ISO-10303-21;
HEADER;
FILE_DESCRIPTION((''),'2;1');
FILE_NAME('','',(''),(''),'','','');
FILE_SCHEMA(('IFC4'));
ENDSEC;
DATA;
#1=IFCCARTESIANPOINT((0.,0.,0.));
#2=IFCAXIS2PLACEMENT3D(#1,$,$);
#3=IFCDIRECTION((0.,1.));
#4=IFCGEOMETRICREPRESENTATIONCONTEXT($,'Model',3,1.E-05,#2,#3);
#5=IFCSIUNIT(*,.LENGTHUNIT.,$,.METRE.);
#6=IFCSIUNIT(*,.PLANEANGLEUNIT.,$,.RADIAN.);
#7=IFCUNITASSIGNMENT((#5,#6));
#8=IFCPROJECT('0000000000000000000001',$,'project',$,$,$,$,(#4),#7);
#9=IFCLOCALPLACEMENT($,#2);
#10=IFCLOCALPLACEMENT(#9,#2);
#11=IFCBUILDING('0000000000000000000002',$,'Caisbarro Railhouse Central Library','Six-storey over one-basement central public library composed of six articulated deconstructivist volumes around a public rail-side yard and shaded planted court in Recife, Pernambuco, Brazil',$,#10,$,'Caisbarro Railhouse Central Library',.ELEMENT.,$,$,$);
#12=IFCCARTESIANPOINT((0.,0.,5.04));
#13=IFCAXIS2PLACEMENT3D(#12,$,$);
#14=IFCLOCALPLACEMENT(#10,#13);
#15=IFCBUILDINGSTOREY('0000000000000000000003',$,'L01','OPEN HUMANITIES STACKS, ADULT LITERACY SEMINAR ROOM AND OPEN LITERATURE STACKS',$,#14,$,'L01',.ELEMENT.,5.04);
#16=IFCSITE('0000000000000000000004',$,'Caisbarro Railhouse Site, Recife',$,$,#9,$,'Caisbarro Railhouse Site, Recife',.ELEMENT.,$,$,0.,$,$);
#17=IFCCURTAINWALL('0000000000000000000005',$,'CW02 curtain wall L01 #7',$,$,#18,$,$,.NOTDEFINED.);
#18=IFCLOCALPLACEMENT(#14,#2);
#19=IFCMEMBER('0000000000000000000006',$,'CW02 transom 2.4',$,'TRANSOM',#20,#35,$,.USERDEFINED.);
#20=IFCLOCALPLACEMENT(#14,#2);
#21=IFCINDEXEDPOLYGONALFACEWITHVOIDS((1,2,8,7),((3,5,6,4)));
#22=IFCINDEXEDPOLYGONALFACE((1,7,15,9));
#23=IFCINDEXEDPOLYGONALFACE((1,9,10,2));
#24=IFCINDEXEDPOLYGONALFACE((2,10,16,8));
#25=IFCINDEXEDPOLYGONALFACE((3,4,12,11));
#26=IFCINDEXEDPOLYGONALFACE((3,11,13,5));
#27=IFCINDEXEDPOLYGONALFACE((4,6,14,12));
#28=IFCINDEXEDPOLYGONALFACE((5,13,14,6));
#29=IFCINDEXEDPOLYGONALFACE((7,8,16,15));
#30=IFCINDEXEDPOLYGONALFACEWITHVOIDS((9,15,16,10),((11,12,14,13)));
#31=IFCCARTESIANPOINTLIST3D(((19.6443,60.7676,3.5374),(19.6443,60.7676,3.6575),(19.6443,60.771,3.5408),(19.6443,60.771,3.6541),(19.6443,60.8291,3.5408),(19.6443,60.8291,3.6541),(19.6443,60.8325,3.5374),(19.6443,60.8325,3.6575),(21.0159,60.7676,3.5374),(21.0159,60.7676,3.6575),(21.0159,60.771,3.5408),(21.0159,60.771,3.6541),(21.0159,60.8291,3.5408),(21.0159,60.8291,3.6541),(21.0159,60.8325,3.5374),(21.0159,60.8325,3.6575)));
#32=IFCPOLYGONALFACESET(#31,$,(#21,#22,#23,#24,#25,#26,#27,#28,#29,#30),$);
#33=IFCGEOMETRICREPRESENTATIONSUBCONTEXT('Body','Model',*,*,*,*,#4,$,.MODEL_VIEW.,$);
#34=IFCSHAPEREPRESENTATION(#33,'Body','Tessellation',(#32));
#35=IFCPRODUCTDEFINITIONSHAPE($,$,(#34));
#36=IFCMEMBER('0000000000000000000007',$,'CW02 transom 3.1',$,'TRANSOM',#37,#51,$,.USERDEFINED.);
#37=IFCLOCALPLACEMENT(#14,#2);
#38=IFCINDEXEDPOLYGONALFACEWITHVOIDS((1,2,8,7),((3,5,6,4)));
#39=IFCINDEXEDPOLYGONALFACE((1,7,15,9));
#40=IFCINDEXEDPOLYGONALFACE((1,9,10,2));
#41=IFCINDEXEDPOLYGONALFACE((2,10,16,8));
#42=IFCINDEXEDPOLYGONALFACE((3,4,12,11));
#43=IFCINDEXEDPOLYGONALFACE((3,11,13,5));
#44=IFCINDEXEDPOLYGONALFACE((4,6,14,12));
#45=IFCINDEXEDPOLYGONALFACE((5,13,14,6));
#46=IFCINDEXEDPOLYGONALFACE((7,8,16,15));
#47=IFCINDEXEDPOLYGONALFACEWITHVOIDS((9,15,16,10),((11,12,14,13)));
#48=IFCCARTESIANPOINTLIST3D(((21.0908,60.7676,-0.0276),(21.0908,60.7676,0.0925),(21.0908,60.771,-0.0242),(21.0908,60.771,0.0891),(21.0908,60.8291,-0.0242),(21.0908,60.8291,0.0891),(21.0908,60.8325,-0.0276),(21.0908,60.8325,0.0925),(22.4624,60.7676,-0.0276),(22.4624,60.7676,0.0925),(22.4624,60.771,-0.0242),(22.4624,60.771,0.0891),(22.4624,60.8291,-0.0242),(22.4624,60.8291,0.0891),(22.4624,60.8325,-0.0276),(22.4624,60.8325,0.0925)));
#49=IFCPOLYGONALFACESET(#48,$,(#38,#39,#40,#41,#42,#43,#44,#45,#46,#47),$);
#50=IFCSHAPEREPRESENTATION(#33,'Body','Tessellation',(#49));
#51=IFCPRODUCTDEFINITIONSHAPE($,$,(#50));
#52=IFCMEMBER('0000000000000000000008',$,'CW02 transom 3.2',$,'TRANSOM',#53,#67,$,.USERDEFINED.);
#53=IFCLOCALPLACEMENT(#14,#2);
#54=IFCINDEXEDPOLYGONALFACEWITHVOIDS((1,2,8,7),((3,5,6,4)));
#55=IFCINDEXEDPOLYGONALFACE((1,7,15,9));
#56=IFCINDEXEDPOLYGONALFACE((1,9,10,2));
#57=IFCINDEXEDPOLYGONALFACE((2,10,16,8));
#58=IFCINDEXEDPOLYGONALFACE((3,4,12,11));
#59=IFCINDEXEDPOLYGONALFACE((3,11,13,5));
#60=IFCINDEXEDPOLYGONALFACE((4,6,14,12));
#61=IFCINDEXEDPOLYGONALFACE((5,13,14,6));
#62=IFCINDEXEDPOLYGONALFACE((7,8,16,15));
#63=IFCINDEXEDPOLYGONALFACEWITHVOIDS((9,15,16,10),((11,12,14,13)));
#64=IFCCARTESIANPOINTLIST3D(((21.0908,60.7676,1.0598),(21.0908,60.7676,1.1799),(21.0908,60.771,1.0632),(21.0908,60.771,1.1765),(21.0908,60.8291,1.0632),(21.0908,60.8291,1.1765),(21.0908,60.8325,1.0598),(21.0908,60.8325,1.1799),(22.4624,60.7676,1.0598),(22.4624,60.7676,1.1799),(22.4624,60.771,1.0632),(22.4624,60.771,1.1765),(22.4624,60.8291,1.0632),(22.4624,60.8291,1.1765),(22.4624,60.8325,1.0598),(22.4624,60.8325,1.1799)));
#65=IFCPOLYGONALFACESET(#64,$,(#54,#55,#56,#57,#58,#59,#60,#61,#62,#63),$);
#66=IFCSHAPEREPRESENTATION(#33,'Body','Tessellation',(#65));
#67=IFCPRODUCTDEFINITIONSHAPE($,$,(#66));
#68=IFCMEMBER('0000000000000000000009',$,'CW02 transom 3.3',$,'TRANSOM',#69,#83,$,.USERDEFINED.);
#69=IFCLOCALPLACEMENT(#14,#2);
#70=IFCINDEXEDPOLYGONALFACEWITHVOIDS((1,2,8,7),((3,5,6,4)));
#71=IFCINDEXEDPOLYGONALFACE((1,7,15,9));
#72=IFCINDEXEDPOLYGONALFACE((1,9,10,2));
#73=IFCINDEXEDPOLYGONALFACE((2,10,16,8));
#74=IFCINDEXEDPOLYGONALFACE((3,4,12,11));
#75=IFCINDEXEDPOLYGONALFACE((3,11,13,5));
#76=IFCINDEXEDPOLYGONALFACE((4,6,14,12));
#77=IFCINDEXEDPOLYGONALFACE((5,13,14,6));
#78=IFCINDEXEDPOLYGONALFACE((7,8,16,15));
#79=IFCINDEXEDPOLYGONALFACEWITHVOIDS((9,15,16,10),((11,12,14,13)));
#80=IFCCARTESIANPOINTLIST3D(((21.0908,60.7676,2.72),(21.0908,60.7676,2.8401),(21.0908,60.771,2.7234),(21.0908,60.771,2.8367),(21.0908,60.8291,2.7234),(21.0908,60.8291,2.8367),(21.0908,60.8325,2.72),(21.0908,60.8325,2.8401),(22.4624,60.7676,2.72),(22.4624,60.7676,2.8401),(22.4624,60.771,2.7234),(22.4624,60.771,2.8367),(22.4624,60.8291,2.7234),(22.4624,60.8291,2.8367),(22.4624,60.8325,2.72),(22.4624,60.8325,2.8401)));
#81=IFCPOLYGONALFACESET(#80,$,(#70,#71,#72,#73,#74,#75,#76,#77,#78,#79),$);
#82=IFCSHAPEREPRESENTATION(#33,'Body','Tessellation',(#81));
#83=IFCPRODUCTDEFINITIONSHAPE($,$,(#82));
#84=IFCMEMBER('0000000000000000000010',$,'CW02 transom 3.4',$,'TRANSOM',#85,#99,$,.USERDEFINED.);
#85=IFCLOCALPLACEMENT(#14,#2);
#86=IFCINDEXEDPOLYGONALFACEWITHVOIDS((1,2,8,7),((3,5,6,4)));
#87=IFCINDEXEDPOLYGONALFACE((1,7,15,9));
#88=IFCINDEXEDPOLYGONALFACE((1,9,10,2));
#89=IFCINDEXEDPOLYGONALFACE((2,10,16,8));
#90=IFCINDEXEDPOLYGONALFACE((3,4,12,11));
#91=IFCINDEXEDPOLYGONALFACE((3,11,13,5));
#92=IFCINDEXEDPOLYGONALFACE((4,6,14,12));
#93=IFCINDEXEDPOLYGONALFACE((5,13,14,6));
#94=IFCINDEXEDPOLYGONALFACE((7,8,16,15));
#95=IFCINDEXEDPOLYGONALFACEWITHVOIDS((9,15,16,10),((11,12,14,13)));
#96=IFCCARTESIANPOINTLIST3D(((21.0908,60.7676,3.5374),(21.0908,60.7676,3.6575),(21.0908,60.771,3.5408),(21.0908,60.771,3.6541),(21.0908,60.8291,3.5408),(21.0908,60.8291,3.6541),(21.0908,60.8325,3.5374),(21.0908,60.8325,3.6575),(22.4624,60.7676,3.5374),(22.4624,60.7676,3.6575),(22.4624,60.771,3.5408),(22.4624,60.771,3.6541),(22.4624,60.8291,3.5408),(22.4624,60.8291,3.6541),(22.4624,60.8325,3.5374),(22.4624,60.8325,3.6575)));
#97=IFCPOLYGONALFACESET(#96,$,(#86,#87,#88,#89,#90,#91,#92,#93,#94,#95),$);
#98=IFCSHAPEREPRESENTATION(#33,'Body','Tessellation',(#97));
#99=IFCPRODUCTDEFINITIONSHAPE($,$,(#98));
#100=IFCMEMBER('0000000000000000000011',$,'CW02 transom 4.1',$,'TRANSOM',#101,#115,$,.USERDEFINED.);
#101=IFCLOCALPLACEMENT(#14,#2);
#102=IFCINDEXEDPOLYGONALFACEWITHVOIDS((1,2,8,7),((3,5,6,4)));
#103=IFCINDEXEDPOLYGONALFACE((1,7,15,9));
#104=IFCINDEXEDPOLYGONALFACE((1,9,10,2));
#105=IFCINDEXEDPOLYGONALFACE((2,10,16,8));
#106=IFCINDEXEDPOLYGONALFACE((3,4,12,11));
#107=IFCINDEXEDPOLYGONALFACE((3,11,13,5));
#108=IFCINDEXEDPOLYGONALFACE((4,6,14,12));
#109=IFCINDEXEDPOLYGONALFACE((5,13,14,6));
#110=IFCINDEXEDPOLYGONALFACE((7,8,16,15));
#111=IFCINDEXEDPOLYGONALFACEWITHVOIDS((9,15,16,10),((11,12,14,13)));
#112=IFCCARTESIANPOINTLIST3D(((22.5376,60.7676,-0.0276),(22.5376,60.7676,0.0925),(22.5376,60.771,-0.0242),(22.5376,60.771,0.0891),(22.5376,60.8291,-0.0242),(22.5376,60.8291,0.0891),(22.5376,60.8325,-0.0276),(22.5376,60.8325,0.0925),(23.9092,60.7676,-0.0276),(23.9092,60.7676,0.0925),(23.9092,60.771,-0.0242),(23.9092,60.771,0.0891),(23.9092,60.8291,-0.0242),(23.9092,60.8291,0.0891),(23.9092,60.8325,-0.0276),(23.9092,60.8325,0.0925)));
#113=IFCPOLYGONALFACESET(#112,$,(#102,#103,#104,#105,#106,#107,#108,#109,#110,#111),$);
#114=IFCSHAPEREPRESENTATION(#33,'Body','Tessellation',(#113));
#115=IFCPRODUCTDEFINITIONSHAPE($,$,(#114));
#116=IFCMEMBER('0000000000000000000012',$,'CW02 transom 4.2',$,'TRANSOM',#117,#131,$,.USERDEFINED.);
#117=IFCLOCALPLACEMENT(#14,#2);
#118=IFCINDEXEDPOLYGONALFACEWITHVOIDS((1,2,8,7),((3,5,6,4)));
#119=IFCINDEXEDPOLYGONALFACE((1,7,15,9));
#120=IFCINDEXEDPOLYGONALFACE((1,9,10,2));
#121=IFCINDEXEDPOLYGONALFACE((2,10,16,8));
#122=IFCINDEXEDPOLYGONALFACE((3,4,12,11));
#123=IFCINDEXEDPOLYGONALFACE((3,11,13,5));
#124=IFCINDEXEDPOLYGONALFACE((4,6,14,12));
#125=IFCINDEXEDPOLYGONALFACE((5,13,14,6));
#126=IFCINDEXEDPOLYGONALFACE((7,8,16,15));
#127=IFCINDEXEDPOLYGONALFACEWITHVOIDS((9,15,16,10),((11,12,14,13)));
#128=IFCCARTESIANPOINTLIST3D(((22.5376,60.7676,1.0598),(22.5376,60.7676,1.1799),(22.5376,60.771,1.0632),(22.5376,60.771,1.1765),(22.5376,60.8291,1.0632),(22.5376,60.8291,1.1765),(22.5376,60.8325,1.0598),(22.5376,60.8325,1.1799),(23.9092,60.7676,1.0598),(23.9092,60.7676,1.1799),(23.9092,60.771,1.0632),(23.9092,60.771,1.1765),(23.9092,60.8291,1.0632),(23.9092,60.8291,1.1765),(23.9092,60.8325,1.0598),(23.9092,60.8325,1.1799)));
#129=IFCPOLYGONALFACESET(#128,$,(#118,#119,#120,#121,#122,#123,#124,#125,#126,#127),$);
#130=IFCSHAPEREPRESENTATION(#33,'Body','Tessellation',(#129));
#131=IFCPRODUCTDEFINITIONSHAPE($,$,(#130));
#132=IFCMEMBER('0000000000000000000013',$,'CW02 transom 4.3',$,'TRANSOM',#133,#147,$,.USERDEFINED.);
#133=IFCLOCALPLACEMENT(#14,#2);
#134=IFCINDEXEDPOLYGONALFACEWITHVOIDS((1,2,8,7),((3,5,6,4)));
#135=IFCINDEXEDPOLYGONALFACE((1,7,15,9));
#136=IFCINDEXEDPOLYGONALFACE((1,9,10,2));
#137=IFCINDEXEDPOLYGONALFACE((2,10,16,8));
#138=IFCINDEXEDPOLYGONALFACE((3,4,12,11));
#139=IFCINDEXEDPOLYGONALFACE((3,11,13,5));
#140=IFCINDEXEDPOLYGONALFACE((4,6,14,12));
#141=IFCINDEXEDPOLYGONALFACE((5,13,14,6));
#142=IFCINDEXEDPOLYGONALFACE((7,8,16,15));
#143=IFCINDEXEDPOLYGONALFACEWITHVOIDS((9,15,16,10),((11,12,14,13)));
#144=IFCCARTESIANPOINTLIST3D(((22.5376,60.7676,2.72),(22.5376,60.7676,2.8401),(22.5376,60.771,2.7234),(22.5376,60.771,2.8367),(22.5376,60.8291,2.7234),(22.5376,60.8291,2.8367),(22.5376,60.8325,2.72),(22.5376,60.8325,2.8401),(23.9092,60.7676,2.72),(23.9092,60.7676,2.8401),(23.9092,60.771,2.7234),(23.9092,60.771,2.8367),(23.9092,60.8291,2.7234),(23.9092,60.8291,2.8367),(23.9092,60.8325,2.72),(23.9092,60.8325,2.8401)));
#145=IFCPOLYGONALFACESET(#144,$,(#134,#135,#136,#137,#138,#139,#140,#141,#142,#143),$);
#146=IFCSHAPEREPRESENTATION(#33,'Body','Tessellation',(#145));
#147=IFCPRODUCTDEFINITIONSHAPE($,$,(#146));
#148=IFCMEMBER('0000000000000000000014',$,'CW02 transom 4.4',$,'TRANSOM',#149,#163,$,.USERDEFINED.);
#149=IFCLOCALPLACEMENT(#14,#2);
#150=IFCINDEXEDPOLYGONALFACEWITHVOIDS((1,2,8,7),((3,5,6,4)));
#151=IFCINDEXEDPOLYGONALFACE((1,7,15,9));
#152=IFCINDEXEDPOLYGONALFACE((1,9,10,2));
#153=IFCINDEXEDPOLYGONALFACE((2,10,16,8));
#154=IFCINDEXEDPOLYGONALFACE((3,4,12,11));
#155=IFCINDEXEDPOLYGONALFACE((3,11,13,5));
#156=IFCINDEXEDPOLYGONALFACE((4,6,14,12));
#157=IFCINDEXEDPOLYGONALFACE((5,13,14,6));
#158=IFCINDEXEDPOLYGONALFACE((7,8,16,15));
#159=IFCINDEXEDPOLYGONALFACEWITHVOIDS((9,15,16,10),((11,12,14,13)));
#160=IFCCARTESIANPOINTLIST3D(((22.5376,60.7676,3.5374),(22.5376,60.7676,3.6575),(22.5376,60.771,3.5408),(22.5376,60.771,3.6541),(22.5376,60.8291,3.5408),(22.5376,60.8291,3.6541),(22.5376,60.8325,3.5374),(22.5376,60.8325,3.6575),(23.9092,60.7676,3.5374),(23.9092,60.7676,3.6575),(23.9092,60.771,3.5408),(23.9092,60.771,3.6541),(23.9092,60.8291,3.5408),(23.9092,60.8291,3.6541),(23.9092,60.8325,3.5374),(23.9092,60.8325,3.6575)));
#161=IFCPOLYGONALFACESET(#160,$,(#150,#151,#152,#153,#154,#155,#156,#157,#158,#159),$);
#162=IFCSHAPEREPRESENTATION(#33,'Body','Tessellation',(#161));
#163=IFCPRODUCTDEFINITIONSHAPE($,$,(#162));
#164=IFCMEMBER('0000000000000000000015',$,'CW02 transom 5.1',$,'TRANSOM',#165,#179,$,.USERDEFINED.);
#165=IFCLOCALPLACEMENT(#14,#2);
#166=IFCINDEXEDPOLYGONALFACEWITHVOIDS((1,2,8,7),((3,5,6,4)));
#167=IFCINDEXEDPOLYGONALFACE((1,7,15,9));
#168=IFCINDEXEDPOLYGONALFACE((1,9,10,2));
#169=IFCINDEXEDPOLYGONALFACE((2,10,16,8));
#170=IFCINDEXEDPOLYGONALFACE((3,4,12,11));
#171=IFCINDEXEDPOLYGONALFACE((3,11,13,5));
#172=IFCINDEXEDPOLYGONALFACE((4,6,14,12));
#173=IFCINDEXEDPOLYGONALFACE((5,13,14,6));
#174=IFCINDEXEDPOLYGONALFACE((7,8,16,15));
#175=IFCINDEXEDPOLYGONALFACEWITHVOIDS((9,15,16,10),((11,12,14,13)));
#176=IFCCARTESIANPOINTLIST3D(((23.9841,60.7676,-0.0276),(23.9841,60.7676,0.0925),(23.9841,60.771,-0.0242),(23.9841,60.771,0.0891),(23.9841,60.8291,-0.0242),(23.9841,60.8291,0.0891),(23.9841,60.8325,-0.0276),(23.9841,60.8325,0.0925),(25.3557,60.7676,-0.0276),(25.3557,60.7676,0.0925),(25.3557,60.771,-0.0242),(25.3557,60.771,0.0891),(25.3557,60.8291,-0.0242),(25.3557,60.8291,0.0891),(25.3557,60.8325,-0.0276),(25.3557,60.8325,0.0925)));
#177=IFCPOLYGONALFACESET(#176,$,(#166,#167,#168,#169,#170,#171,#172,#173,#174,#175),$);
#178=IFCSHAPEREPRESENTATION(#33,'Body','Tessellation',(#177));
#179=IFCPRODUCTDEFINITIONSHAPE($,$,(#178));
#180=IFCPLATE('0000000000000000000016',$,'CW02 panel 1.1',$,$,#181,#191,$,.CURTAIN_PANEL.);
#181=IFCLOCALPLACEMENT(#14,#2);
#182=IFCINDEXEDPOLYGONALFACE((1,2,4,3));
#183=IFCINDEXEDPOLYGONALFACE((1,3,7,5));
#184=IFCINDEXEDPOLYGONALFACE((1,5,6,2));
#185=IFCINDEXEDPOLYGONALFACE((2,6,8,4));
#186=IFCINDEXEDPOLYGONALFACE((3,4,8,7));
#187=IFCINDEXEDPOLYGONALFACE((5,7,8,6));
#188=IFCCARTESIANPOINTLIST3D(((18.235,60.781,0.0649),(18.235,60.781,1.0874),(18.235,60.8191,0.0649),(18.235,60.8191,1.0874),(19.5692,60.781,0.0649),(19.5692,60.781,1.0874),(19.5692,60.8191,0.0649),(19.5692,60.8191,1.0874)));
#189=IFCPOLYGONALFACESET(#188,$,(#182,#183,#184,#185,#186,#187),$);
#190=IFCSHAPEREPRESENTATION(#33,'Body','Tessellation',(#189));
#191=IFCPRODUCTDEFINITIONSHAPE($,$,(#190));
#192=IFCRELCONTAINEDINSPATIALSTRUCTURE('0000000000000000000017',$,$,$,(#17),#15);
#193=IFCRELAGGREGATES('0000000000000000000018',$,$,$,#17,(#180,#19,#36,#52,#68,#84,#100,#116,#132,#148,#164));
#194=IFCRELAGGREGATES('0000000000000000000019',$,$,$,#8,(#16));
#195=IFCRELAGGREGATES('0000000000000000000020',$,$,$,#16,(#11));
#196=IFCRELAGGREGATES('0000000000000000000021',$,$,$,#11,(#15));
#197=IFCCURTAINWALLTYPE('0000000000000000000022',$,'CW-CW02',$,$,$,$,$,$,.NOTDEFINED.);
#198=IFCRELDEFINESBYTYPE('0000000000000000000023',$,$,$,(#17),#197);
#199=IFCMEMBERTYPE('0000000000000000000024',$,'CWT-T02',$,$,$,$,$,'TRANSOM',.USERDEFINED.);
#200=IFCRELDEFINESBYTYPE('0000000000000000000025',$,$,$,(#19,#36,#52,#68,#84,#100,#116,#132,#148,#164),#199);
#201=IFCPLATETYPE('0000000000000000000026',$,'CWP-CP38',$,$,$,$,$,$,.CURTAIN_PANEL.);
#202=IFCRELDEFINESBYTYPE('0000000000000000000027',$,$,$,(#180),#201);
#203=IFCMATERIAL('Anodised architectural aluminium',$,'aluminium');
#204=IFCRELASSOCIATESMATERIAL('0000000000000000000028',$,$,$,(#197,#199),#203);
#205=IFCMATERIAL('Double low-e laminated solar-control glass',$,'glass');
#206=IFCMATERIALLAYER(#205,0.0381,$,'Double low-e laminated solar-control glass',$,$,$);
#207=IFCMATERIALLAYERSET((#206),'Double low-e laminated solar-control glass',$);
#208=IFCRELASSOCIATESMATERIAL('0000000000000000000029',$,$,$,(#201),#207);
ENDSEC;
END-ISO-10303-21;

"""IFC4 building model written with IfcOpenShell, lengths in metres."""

from ifc_helpers import new_model, si_unit, direction, frame, origin, origin_2d, place, context, subcontext, project, spatial, rectangle, hollow_rectangle, extrude, material, layer, layer_set, material_profile, profile_set, type_object, element, aggregate, save


model = new_model("IFC4")

# Units and contexts
model_context = context("Model", 3, precision=1e-05, world=origin(), true_north=direction((0.0, 1.0)))
body_context = subcontext(model_context, "Body", "Model", "MODEL_VIEW")
ifc_project = project(units=[si_unit("LENGTHUNIT", "METRE"), si_unit("PLANEANGLEUNIT", "RADIAN")], contexts=[model_context])

# Site, building, storey
site_placement = place(None, origin())
site = spatial("IfcSite", under=ifc_project, at=site_placement, Name="Caisbarro Railhouse Site, Recife", LongName="Caisbarro Railhouse Site, Recife", CompositionType="ELEMENT", RefElevation=0.0)
building_placement = place(site_placement, origin())
building = spatial("IfcBuilding", under=site, at=building_placement, Name="Caisbarro Railhouse Central Library", Description="Six-storey over one-basement central public library composed of six articulated deconstructivist volumes around a public rail-side yard and shaded planted court in Recife, Pernambuco, Brazil", LongName="Caisbarro Railhouse Central Library", CompositionType="ELEMENT")
storey_placement = place(building_placement, frame((0.0, 0.0, 5.04)))
storey = spatial("IfcBuildingStorey", under=building, at=storey_placement, Name="L01", Description="OPEN HUMANITIES STACKS, ADULT LITERACY SEMINAR ROOM AND OPEN LITERATURE STACKS", LongName="L01", CompositionType="ELEMENT", Elevation=5.04)

# Curtain wall, members, plate
ifc_material_1 = material(Name="Anodised architectural aluminium", Category="aluminium")
curtain_wall_type = type_object("IfcCurtainWallType", Name="CW-CW02", PredefinedType="NOTDEFINED", material=ifc_material_1)
curtain_wall_placement = place(storey_placement, origin())
curtain_wall = element("IfcCurtainWall", 1, at=curtain_wall_placement, inside=storey, type_object=curtain_wall_type, Name="CW02 curtain wall L01 #7", PredefinedType="NOTDEFINED")
ifc_material_profile_1 = material_profile(ifc_material_1, hollow_rectangle(XDim=0.0649, YDim=0.1201, WallThickness=0.0034, at=origin_2d()), Name="ALU-TRN-65X120")
ifc_profile_set_1 = profile_set([ifc_material_profile_1], Name="Anodised architectural aluminium")
member_type_1 = type_object("IfcMemberType", Name="CWT-T02", ElementType="TRANSOM", PredefinedType="USERDEFINED", material=ifc_profile_set_1)
member_1_placement = place(storey_placement, frame((19.6443, 60.8, 3.5974), z_axis=(1.0, 0.0, 0.0), x_axis=(0.0, 1.0, 0.0)))
member_1 = element("IfcMember", 2, at=member_1_placement, type_object=member_type_1, Name="CW02 transom 2.4", ObjectType="TRANSOM", PredefinedType="USERDEFINED", context=body_context, shape_type="SweptSolid", body=[
    extrude(hollow_rectangle(XDim=0.0649, YDim=0.1201, WallThickness=0.0034, at=origin_2d()), origin(), (0.0, 0.0, 1.0), 1.3716),
])
member_2_placement = place(storey_placement, frame((21.0908, 60.8, 0.0325), z_axis=(1.0, 0.0, 0.0), x_axis=(0.0, 1.0, 0.0)))
member_2 = element("IfcMember", 3, at=member_2_placement, type_object=member_type_1, Name="CW02 transom 3.1", ObjectType="TRANSOM", PredefinedType="USERDEFINED", context=body_context, shape_type="SweptSolid", body=[
    extrude(hollow_rectangle(XDim=0.0649, YDim=0.1201, WallThickness=0.0034, at=origin_2d()), origin(), (0.0, 0.0, 1.0), 1.3716),
])
member_3_placement = place(storey_placement, frame((21.0908, 60.8, 1.1199), z_axis=(1.0, 0.0, 0.0), x_axis=(0.0, 1.0, 0.0)))
member_3 = element("IfcMember", 4, at=member_3_placement, type_object=member_type_1, Name="CW02 transom 3.2", ObjectType="TRANSOM", PredefinedType="USERDEFINED", context=body_context, shape_type="SweptSolid", body=[
    extrude(hollow_rectangle(XDim=0.0649, YDim=0.1201, WallThickness=0.0034, at=origin_2d()), origin(), (0.0, 0.0, 1.0), 1.3716),
])
member_4_placement = place(storey_placement, frame((21.0908, 60.8, 2.78), z_axis=(1.0, 0.0, 0.0), x_axis=(0.0, 1.0, 0.0)))
member_4 = element("IfcMember", 5, at=member_4_placement, type_object=member_type_1, Name="CW02 transom 3.3", ObjectType="TRANSOM", PredefinedType="USERDEFINED", context=body_context, shape_type="SweptSolid", body=[
    extrude(hollow_rectangle(XDim=0.0649, YDim=0.1201, WallThickness=0.0034, at=origin_2d()), origin(), (0.0, 0.0, 1.0), 1.3716),
])
member_5_placement = place(storey_placement, frame((21.0908, 60.8, 3.5974), z_axis=(1.0, 0.0, 0.0), x_axis=(0.0, 1.0, 0.0)))
member_5 = element("IfcMember", 6, at=member_5_placement, type_object=member_type_1, Name="CW02 transom 3.4", ObjectType="TRANSOM", PredefinedType="USERDEFINED", context=body_context, shape_type="SweptSolid", body=[
    extrude(hollow_rectangle(XDim=0.0649, YDim=0.1201, WallThickness=0.0034, at=origin_2d()), origin(), (0.0, 0.0, 1.0), 1.3716),
])
member_6_placement = place(storey_placement, frame((22.5376, 60.8, 0.0325), z_axis=(1.0, 0.0, 0.0), x_axis=(0.0, 1.0, 0.0)))
member_6 = element("IfcMember", 7, at=member_6_placement, type_object=member_type_1, Name="CW02 transom 4.1", ObjectType="TRANSOM", PredefinedType="USERDEFINED", context=body_context, shape_type="SweptSolid", body=[
    extrude(hollow_rectangle(XDim=0.0649, YDim=0.1201, WallThickness=0.0034, at=origin_2d()), origin(), (0.0, 0.0, 1.0), 1.3716),
])
member_7_placement = place(storey_placement, frame((22.5376, 60.8, 1.1199), z_axis=(1.0, 0.0, 0.0), x_axis=(0.0, 1.0, 0.0)))
member_7 = element("IfcMember", 8, at=member_7_placement, type_object=member_type_1, Name="CW02 transom 4.2", ObjectType="TRANSOM", PredefinedType="USERDEFINED", context=body_context, shape_type="SweptSolid", body=[
    extrude(hollow_rectangle(XDim=0.0649, YDim=0.1201, WallThickness=0.0034, at=origin_2d()), origin(), (0.0, 0.0, 1.0), 1.3716),
])
member_8_placement = place(storey_placement, frame((22.5376, 60.8, 2.78), z_axis=(1.0, 0.0, 0.0), x_axis=(0.0, 1.0, 0.0)))
member_8 = element("IfcMember", 9, at=member_8_placement, type_object=member_type_1, Name="CW02 transom 4.3", ObjectType="TRANSOM", PredefinedType="USERDEFINED", context=body_context, shape_type="SweptSolid", body=[
    extrude(hollow_rectangle(XDim=0.0649, YDim=0.1201, WallThickness=0.0034, at=origin_2d()), origin(), (0.0, 0.0, 1.0), 1.3716),
])
member_9_placement = place(storey_placement, frame((22.5376, 60.8, 3.5974), z_axis=(1.0, 0.0, 0.0), x_axis=(0.0, 1.0, 0.0)))
member_9 = element("IfcMember", 10, at=member_9_placement, type_object=member_type_1, Name="CW02 transom 4.4", ObjectType="TRANSOM", PredefinedType="USERDEFINED", context=body_context, shape_type="SweptSolid", body=[
    extrude(hollow_rectangle(XDim=0.0649, YDim=0.1201, WallThickness=0.0034, at=origin_2d()), origin(), (0.0, 0.0, 1.0), 1.3716),
])
member_10_placement = place(storey_placement, frame((23.9841, 60.8, 0.0325), z_axis=(1.0, 0.0, 0.0), x_axis=(0.0, 1.0, 0.0)))
member_10 = element("IfcMember", 11, at=member_10_placement, type_object=member_type_1, Name="CW02 transom 5.1", ObjectType="TRANSOM", PredefinedType="USERDEFINED", context=body_context, shape_type="SweptSolid", body=[
    extrude(hollow_rectangle(XDim=0.0649, YDim=0.1201, WallThickness=0.0034, at=origin_2d()), origin(), (0.0, 0.0, 1.0), 1.3716),
])
ifc_material_2 = material(Name="Double low-e laminated solar-control glass", Category="glass")
ifc_layer = layer(ifc_material_2, 0.0381, Name="Double low-e laminated solar-control glass")
ifc_layer_set = layer_set([ifc_layer], Name="Double low-e laminated solar-control glass")
plate_type = type_object("IfcPlateType", Name="CWP-CP38", PredefinedType="CURTAIN_PANEL", material=ifc_layer_set)
plate_1_placement = place(storey_placement, frame((18.9021, 60.8, 0.0649), z_axis=(0.0, 0.0, 1.0), x_axis=(1.0, 0.0, 0.0)))
plate_1 = element("IfcPlate", 12, at=plate_1_placement, type_object=plate_type, Name="CW02 panel 1.1", PredefinedType="CURTAIN_PANEL", context=body_context, shape_type="SweptSolid", body=[
    extrude(rectangle(XDim=1.3342, YDim=0.0381, at=origin_2d()), origin(), (0.0, 0.0, 1.0), 1.0225),
])
aggregate(curtain_wall, [plate_1, member_1, member_2, member_3, member_4, member_5, member_6, member_7, member_8, member_9, member_10])

save(model, "model.ifc")
